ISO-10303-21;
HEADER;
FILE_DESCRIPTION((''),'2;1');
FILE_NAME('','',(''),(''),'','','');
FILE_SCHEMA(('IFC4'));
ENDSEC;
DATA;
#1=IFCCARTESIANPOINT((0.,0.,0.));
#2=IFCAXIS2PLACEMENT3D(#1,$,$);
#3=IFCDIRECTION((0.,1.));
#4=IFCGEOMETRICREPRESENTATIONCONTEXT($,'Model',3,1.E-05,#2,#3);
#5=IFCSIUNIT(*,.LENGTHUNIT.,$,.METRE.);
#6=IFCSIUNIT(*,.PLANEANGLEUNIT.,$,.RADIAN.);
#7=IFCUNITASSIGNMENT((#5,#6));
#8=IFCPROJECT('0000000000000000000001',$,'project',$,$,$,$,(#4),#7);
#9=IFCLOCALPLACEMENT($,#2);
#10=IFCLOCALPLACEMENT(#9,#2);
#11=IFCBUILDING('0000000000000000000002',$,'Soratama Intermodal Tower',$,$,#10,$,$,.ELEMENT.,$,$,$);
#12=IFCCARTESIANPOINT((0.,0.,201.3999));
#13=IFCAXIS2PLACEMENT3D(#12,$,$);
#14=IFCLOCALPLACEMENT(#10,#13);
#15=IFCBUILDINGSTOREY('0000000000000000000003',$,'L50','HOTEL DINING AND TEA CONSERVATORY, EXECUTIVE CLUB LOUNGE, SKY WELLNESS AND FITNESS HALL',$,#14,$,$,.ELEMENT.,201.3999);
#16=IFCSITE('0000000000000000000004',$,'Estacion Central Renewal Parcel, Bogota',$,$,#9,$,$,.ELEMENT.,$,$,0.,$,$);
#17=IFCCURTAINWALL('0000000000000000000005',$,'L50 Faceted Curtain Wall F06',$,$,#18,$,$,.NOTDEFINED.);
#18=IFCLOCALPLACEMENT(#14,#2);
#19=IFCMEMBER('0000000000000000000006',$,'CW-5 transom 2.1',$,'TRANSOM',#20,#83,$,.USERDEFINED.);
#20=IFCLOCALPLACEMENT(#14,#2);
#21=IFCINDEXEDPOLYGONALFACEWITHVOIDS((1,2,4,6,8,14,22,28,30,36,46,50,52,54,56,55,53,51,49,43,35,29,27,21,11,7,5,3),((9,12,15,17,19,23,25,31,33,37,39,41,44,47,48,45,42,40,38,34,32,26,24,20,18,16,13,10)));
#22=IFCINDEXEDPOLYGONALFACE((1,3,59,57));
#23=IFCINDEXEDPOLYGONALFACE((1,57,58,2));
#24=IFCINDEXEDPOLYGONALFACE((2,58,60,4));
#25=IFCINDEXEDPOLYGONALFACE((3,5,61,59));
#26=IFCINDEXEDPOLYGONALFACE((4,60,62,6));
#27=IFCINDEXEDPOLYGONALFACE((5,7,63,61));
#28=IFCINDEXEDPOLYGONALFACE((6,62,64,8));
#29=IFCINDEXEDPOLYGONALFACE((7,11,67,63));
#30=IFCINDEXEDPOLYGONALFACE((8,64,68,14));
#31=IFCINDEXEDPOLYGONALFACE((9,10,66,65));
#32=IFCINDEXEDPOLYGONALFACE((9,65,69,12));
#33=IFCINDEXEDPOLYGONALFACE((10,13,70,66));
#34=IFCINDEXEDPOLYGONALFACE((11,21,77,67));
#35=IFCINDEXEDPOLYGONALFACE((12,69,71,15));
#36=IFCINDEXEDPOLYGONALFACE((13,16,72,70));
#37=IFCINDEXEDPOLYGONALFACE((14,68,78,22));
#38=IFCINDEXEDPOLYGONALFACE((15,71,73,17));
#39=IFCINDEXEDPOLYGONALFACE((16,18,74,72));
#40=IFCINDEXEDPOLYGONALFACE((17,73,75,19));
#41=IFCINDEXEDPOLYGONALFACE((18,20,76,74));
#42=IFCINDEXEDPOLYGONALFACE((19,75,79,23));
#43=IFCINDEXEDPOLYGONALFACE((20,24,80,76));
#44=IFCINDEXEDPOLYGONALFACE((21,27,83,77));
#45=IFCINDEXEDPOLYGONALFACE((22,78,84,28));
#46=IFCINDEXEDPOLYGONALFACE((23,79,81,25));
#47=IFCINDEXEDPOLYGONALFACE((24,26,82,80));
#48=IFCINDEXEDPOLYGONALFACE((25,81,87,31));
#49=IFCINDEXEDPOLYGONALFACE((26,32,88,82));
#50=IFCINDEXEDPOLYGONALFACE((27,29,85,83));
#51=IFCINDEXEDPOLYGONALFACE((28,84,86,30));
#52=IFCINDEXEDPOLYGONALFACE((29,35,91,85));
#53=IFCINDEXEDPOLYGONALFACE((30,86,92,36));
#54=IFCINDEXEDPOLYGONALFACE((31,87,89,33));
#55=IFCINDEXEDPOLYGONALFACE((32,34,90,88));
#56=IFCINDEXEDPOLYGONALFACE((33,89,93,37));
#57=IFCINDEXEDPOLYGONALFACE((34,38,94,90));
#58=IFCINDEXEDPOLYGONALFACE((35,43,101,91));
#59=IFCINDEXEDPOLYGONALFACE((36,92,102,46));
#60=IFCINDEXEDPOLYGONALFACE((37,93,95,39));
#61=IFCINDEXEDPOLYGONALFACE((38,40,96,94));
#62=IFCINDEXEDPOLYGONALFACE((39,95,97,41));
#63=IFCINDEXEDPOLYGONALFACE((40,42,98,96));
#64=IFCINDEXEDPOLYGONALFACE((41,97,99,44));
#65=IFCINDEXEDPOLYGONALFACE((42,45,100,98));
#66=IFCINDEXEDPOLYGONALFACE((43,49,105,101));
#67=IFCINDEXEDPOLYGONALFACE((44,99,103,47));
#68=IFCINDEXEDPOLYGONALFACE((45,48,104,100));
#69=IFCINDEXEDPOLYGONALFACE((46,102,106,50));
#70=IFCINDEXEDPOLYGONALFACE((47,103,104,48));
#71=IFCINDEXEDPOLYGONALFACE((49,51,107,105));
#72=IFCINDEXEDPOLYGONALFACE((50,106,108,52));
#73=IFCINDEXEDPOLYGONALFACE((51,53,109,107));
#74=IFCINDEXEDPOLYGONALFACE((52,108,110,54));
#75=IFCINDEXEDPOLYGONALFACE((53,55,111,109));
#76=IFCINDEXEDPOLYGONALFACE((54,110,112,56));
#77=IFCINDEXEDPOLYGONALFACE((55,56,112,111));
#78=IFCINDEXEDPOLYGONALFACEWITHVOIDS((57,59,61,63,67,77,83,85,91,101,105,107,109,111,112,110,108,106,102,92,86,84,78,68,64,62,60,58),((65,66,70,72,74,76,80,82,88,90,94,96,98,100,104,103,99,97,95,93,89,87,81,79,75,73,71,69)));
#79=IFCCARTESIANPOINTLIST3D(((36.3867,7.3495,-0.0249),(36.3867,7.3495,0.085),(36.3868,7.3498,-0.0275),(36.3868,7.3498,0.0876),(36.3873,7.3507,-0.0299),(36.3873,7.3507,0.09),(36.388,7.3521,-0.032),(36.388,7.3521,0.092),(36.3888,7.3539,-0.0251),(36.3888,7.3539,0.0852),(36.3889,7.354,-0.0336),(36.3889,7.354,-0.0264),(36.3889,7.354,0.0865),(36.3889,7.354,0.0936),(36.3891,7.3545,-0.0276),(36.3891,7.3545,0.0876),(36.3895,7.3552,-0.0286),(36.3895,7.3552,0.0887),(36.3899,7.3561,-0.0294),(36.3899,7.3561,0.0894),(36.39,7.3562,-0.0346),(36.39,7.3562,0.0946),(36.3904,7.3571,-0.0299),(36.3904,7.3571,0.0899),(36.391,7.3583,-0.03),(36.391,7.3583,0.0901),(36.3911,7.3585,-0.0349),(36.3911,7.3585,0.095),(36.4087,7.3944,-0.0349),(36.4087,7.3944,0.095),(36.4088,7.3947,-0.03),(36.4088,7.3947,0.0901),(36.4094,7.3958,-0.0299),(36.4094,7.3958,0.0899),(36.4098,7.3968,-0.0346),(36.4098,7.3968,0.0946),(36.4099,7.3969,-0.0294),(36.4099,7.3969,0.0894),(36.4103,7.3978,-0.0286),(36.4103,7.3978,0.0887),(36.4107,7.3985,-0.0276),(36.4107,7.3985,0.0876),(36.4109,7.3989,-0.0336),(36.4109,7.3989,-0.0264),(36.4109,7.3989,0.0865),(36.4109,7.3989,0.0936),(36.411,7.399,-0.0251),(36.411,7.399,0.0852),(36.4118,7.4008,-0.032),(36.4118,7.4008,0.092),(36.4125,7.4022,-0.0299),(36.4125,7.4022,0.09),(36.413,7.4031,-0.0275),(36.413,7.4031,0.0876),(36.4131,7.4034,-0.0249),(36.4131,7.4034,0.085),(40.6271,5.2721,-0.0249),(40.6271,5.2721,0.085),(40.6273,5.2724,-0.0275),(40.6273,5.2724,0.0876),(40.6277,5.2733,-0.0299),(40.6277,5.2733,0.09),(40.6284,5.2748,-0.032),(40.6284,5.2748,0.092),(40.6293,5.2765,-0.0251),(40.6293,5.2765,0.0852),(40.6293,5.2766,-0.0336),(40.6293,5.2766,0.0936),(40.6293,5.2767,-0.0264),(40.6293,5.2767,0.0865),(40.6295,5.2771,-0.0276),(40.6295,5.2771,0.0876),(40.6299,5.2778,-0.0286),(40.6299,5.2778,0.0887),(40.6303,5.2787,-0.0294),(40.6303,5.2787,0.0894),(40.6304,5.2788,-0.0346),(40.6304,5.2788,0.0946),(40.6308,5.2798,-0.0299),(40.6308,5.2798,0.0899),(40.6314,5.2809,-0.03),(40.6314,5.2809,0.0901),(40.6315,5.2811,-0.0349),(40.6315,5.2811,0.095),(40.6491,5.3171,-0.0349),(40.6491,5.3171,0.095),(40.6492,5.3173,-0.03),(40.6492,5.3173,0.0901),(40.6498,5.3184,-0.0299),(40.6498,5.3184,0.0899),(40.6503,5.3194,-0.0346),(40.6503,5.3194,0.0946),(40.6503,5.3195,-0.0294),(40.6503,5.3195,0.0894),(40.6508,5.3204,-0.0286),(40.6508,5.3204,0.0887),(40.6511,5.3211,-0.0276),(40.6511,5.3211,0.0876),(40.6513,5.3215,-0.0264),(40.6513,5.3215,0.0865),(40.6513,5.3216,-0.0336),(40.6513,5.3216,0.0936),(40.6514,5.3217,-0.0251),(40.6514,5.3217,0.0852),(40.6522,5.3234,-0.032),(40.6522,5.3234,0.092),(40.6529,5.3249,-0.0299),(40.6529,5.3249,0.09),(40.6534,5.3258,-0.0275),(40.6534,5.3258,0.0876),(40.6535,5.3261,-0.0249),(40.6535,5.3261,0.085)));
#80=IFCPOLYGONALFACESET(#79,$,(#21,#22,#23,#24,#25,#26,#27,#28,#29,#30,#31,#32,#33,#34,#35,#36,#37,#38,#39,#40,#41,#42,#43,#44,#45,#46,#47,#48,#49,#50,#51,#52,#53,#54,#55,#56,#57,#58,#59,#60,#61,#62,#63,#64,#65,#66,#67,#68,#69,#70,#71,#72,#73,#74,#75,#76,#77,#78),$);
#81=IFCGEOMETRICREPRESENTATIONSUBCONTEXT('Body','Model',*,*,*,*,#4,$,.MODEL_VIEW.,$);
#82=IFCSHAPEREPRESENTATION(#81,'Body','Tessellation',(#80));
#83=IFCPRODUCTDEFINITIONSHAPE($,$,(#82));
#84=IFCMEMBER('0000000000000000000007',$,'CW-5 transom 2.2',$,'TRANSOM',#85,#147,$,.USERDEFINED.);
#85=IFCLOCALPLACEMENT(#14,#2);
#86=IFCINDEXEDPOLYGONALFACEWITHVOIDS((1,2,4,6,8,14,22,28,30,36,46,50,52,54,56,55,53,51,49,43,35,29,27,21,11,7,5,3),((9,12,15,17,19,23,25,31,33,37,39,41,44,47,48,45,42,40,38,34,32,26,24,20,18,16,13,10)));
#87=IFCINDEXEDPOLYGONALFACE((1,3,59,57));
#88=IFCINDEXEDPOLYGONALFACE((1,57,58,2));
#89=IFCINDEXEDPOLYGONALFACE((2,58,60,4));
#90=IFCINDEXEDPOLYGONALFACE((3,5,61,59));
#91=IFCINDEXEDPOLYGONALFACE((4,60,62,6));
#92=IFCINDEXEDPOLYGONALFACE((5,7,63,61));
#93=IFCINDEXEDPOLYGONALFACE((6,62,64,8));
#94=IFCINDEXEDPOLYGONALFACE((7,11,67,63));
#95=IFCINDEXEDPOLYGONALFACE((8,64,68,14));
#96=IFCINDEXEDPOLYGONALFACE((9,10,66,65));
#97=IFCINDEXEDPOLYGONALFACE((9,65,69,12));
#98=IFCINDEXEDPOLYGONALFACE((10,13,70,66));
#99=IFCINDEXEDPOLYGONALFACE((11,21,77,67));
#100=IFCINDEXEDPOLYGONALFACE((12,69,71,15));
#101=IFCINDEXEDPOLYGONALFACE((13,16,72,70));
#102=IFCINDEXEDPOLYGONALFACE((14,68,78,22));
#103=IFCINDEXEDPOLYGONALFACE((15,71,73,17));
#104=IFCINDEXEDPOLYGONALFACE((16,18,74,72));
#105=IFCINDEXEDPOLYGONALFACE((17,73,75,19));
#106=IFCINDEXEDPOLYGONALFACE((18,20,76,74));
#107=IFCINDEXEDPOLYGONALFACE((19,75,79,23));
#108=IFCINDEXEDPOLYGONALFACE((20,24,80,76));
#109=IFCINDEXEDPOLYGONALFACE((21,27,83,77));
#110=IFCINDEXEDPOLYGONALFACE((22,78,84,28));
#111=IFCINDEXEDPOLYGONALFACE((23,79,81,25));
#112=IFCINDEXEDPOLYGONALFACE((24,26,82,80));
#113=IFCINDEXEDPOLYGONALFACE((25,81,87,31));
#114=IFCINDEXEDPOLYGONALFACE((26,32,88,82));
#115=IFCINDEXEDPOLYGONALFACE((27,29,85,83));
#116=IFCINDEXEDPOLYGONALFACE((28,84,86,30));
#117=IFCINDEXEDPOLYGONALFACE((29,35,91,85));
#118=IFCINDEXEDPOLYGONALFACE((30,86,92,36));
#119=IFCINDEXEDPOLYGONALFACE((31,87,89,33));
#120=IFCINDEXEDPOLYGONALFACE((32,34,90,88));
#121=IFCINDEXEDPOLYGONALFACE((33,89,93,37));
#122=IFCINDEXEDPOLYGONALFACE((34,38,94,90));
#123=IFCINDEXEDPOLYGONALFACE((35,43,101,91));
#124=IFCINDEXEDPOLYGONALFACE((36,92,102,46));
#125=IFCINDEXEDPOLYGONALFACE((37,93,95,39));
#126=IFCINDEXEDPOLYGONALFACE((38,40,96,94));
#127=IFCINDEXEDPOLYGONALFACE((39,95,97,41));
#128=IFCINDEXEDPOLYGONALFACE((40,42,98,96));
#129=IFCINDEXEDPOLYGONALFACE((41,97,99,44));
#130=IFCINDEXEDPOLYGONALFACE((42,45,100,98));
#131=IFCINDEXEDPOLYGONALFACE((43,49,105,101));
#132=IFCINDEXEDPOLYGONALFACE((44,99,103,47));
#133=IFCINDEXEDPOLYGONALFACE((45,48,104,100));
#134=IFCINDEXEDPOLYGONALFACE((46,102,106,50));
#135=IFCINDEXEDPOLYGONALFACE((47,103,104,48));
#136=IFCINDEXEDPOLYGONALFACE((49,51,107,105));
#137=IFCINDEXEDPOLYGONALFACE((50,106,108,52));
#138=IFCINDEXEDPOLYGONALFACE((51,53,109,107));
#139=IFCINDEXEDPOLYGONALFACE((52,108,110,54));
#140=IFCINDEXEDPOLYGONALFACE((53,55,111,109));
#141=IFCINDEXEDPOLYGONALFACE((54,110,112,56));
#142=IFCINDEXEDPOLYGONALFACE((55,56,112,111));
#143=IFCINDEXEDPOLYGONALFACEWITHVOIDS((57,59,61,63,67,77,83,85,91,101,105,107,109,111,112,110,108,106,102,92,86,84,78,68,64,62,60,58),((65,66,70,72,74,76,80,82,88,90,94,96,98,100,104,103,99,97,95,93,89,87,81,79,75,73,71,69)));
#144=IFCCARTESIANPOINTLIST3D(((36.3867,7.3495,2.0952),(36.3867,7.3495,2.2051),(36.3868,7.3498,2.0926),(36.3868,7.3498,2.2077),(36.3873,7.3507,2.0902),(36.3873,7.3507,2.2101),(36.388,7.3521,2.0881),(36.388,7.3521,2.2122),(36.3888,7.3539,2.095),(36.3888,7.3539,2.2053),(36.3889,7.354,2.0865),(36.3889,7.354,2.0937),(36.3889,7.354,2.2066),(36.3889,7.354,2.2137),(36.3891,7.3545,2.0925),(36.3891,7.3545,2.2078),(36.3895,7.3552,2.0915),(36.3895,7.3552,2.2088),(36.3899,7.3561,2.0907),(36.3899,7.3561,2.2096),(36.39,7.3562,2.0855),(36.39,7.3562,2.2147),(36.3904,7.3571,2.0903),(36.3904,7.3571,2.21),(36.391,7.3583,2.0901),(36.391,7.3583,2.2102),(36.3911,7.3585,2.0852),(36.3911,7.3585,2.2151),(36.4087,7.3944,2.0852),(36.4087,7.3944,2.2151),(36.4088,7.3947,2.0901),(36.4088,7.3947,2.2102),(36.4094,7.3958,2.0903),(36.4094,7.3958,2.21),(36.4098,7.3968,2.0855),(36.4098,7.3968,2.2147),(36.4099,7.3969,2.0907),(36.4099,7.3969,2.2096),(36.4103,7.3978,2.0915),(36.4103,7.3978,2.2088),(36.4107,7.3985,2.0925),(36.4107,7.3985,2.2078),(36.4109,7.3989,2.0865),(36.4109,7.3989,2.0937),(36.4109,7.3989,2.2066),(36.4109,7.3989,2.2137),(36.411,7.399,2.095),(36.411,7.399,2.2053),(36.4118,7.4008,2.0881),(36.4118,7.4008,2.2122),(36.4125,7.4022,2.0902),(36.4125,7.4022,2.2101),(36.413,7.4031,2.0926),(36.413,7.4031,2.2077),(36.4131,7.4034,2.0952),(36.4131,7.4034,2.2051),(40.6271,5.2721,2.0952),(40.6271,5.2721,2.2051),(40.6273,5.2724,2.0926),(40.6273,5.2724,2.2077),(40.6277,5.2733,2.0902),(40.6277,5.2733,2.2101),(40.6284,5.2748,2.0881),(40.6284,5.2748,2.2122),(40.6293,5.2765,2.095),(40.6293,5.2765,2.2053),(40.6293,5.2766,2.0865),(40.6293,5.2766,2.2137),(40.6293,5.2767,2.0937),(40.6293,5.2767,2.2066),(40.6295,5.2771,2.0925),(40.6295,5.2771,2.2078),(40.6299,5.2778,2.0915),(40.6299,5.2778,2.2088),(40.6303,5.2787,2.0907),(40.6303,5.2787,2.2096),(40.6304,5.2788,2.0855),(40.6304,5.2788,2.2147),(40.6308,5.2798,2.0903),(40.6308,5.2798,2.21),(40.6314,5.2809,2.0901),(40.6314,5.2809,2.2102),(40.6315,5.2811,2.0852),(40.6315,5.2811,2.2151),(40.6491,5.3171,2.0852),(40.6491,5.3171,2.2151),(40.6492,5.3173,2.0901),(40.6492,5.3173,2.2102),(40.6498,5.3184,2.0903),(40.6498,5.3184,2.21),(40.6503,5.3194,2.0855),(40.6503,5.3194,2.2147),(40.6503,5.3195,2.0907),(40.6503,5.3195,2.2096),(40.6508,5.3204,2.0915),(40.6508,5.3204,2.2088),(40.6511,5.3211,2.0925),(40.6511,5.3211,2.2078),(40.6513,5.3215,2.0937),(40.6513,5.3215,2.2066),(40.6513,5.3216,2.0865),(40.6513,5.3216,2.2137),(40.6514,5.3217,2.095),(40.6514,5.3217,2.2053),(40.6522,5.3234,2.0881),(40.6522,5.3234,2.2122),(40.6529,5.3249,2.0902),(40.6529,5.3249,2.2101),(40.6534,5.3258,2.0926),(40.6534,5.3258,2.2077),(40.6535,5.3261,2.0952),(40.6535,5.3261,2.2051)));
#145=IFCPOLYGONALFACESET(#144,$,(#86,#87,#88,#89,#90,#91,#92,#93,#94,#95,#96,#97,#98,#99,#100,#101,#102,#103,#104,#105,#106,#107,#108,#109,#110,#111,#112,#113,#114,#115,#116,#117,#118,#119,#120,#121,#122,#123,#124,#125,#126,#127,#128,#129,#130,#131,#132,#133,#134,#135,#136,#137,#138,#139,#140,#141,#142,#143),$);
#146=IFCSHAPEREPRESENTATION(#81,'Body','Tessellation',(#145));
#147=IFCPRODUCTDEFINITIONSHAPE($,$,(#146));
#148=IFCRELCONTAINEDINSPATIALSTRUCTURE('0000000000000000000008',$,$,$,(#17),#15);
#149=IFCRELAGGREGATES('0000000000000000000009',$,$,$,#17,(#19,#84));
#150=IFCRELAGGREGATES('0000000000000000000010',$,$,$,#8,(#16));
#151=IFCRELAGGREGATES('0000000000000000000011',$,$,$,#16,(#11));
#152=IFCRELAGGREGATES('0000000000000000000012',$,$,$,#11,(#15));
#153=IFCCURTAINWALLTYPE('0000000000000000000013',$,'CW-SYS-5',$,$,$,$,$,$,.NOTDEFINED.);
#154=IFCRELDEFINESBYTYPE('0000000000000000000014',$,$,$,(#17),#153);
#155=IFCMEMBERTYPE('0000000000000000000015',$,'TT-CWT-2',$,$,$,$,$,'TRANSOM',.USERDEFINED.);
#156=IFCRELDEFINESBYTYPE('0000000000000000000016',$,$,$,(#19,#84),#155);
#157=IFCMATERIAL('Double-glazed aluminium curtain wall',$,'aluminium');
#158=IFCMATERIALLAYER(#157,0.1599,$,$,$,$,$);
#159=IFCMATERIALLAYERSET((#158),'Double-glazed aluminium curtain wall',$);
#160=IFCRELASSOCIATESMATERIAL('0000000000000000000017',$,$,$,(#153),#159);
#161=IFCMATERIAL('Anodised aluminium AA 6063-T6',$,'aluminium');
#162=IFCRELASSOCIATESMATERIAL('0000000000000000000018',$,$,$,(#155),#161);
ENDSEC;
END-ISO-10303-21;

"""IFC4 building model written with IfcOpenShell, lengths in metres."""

from ifc_helpers import new_model, si_unit, direction, frame, origin, origin_2d, place, context, subcontext, project, spatial, hollow_rectangle, extrude, material, layer, layer_set, material_profile, profile_set, type_object, element, aggregate, save


model = new_model("IFC4")

# Units and contexts
model_context = context("Model", 3, precision=1e-05, world=origin(), true_north=direction((0.0, 1.0)))
body_context = subcontext(model_context, "Body", "Model", "MODEL_VIEW")
ifc_project = project(units=[si_unit("LENGTHUNIT", "METRE"), si_unit("PLANEANGLEUNIT", "RADIAN")], contexts=[model_context])

# Site, building, storey
site_placement = place(None, origin())
site = spatial("IfcSite", under=ifc_project, at=site_placement, Name="Estacion Central Renewal Parcel, Bogota", CompositionType="ELEMENT", RefElevation=0.0)
building_placement = place(site_placement, origin())
building = spatial("IfcBuilding", under=site, at=building_placement, Name="Soratama Intermodal Tower", CompositionType="ELEMENT")
storey_placement = place(building_placement, frame((0.0, 0.0, 201.3999)))
storey = spatial("IfcBuildingStorey", under=building, at=storey_placement, Name="L50", Description="HOTEL DINING AND TEA CONSERVATORY, EXECUTIVE CLUB LOUNGE, SKY WELLNESS AND FITNESS HALL", CompositionType="ELEMENT", Elevation=201.3999)

# Curtain wall, members
ifc_material_1 = material(Name="Double-glazed aluminium curtain wall", Category="aluminium")
ifc_layer_1 = layer(ifc_material_1, 0.1599)
ifc_layer_set_1 = layer_set([ifc_layer_1], Name="Double-glazed aluminium curtain wall")
curtain_wall_type = type_object("IfcCurtainWallType", Name="CW-SYS-5", PredefinedType="NOTDEFINED", material=ifc_layer_set_1)
curtain_wall_placement = place(storey_placement, origin())
curtain_wall = element("IfcCurtainWall", 1, at=curtain_wall_placement, inside=storey, type_object=curtain_wall_type, Name="L50 Faceted Curtain Wall F06", PredefinedType="NOTDEFINED")
ifc_material_2 = material(Name="Anodised aluminium AA 6063-T6", Category="aluminium")
ifc_material_profile_1 = material_profile(ifc_material_2, hollow_rectangle(XDim=0.0601, YDim=0.1299, WallThickness=0.0049, InnerFilletRadius=0.0049, OuterFilletRadius=0.01, at=origin_2d()), Name="CWT130X60X5")
ifc_profile_set_1 = profile_set([ifc_material_profile_1], Name="Anodised aluminium AA 6063-T6")
member_type_1 = type_object("IfcMemberType", Name="TT-CWT-2", ElementType="TRANSOM", PredefinedType="USERDEFINED", material=ifc_profile_set_1)
member_1_placement = place(storey_placement, frame((36.3999, 7.3765, 0.03), z_axis=(0.898027, -0.43994, 0.0), x_axis=(0.43994, 0.898027, 0.0)))
member_1 = element("IfcMember", 2, at=member_1_placement, type_object=member_type_1, Name="CW-5 transom 2.1", ObjectType="TRANSOM", PredefinedType="USERDEFINED", context=body_context, shape_type="SweptSolid", body=[
    extrude(hollow_rectangle(XDim=0.0601, YDim=0.1299, WallThickness=0.0049, InnerFilletRadius=0.0049, OuterFilletRadius=0.01, at=origin_2d()), origin(), (0.0, 0.0, 1.0), 4.7219),
])
member_2_placement = place(storey_placement, frame((36.3999, 7.3765, 2.1501), z_axis=(0.898027, -0.43994, 0.0), x_axis=(0.43994, 0.898027, 0.0)))
member_2 = element("IfcMember", 3, at=member_2_placement, type_object=member_type_1, Name="CW-5 transom 2.2", ObjectType="TRANSOM", PredefinedType="USERDEFINED", context=body_context, shape_type="SweptSolid", body=[
    extrude(hollow_rectangle(XDim=0.0601, YDim=0.1299, WallThickness=0.0049, InnerFilletRadius=0.0049, OuterFilletRadius=0.01, at=origin_2d()), origin(), (0.0, 0.0, 1.0), 4.7219),
])
aggregate(curtain_wall, [member_1, member_2])

save(model, "model.ifc")
